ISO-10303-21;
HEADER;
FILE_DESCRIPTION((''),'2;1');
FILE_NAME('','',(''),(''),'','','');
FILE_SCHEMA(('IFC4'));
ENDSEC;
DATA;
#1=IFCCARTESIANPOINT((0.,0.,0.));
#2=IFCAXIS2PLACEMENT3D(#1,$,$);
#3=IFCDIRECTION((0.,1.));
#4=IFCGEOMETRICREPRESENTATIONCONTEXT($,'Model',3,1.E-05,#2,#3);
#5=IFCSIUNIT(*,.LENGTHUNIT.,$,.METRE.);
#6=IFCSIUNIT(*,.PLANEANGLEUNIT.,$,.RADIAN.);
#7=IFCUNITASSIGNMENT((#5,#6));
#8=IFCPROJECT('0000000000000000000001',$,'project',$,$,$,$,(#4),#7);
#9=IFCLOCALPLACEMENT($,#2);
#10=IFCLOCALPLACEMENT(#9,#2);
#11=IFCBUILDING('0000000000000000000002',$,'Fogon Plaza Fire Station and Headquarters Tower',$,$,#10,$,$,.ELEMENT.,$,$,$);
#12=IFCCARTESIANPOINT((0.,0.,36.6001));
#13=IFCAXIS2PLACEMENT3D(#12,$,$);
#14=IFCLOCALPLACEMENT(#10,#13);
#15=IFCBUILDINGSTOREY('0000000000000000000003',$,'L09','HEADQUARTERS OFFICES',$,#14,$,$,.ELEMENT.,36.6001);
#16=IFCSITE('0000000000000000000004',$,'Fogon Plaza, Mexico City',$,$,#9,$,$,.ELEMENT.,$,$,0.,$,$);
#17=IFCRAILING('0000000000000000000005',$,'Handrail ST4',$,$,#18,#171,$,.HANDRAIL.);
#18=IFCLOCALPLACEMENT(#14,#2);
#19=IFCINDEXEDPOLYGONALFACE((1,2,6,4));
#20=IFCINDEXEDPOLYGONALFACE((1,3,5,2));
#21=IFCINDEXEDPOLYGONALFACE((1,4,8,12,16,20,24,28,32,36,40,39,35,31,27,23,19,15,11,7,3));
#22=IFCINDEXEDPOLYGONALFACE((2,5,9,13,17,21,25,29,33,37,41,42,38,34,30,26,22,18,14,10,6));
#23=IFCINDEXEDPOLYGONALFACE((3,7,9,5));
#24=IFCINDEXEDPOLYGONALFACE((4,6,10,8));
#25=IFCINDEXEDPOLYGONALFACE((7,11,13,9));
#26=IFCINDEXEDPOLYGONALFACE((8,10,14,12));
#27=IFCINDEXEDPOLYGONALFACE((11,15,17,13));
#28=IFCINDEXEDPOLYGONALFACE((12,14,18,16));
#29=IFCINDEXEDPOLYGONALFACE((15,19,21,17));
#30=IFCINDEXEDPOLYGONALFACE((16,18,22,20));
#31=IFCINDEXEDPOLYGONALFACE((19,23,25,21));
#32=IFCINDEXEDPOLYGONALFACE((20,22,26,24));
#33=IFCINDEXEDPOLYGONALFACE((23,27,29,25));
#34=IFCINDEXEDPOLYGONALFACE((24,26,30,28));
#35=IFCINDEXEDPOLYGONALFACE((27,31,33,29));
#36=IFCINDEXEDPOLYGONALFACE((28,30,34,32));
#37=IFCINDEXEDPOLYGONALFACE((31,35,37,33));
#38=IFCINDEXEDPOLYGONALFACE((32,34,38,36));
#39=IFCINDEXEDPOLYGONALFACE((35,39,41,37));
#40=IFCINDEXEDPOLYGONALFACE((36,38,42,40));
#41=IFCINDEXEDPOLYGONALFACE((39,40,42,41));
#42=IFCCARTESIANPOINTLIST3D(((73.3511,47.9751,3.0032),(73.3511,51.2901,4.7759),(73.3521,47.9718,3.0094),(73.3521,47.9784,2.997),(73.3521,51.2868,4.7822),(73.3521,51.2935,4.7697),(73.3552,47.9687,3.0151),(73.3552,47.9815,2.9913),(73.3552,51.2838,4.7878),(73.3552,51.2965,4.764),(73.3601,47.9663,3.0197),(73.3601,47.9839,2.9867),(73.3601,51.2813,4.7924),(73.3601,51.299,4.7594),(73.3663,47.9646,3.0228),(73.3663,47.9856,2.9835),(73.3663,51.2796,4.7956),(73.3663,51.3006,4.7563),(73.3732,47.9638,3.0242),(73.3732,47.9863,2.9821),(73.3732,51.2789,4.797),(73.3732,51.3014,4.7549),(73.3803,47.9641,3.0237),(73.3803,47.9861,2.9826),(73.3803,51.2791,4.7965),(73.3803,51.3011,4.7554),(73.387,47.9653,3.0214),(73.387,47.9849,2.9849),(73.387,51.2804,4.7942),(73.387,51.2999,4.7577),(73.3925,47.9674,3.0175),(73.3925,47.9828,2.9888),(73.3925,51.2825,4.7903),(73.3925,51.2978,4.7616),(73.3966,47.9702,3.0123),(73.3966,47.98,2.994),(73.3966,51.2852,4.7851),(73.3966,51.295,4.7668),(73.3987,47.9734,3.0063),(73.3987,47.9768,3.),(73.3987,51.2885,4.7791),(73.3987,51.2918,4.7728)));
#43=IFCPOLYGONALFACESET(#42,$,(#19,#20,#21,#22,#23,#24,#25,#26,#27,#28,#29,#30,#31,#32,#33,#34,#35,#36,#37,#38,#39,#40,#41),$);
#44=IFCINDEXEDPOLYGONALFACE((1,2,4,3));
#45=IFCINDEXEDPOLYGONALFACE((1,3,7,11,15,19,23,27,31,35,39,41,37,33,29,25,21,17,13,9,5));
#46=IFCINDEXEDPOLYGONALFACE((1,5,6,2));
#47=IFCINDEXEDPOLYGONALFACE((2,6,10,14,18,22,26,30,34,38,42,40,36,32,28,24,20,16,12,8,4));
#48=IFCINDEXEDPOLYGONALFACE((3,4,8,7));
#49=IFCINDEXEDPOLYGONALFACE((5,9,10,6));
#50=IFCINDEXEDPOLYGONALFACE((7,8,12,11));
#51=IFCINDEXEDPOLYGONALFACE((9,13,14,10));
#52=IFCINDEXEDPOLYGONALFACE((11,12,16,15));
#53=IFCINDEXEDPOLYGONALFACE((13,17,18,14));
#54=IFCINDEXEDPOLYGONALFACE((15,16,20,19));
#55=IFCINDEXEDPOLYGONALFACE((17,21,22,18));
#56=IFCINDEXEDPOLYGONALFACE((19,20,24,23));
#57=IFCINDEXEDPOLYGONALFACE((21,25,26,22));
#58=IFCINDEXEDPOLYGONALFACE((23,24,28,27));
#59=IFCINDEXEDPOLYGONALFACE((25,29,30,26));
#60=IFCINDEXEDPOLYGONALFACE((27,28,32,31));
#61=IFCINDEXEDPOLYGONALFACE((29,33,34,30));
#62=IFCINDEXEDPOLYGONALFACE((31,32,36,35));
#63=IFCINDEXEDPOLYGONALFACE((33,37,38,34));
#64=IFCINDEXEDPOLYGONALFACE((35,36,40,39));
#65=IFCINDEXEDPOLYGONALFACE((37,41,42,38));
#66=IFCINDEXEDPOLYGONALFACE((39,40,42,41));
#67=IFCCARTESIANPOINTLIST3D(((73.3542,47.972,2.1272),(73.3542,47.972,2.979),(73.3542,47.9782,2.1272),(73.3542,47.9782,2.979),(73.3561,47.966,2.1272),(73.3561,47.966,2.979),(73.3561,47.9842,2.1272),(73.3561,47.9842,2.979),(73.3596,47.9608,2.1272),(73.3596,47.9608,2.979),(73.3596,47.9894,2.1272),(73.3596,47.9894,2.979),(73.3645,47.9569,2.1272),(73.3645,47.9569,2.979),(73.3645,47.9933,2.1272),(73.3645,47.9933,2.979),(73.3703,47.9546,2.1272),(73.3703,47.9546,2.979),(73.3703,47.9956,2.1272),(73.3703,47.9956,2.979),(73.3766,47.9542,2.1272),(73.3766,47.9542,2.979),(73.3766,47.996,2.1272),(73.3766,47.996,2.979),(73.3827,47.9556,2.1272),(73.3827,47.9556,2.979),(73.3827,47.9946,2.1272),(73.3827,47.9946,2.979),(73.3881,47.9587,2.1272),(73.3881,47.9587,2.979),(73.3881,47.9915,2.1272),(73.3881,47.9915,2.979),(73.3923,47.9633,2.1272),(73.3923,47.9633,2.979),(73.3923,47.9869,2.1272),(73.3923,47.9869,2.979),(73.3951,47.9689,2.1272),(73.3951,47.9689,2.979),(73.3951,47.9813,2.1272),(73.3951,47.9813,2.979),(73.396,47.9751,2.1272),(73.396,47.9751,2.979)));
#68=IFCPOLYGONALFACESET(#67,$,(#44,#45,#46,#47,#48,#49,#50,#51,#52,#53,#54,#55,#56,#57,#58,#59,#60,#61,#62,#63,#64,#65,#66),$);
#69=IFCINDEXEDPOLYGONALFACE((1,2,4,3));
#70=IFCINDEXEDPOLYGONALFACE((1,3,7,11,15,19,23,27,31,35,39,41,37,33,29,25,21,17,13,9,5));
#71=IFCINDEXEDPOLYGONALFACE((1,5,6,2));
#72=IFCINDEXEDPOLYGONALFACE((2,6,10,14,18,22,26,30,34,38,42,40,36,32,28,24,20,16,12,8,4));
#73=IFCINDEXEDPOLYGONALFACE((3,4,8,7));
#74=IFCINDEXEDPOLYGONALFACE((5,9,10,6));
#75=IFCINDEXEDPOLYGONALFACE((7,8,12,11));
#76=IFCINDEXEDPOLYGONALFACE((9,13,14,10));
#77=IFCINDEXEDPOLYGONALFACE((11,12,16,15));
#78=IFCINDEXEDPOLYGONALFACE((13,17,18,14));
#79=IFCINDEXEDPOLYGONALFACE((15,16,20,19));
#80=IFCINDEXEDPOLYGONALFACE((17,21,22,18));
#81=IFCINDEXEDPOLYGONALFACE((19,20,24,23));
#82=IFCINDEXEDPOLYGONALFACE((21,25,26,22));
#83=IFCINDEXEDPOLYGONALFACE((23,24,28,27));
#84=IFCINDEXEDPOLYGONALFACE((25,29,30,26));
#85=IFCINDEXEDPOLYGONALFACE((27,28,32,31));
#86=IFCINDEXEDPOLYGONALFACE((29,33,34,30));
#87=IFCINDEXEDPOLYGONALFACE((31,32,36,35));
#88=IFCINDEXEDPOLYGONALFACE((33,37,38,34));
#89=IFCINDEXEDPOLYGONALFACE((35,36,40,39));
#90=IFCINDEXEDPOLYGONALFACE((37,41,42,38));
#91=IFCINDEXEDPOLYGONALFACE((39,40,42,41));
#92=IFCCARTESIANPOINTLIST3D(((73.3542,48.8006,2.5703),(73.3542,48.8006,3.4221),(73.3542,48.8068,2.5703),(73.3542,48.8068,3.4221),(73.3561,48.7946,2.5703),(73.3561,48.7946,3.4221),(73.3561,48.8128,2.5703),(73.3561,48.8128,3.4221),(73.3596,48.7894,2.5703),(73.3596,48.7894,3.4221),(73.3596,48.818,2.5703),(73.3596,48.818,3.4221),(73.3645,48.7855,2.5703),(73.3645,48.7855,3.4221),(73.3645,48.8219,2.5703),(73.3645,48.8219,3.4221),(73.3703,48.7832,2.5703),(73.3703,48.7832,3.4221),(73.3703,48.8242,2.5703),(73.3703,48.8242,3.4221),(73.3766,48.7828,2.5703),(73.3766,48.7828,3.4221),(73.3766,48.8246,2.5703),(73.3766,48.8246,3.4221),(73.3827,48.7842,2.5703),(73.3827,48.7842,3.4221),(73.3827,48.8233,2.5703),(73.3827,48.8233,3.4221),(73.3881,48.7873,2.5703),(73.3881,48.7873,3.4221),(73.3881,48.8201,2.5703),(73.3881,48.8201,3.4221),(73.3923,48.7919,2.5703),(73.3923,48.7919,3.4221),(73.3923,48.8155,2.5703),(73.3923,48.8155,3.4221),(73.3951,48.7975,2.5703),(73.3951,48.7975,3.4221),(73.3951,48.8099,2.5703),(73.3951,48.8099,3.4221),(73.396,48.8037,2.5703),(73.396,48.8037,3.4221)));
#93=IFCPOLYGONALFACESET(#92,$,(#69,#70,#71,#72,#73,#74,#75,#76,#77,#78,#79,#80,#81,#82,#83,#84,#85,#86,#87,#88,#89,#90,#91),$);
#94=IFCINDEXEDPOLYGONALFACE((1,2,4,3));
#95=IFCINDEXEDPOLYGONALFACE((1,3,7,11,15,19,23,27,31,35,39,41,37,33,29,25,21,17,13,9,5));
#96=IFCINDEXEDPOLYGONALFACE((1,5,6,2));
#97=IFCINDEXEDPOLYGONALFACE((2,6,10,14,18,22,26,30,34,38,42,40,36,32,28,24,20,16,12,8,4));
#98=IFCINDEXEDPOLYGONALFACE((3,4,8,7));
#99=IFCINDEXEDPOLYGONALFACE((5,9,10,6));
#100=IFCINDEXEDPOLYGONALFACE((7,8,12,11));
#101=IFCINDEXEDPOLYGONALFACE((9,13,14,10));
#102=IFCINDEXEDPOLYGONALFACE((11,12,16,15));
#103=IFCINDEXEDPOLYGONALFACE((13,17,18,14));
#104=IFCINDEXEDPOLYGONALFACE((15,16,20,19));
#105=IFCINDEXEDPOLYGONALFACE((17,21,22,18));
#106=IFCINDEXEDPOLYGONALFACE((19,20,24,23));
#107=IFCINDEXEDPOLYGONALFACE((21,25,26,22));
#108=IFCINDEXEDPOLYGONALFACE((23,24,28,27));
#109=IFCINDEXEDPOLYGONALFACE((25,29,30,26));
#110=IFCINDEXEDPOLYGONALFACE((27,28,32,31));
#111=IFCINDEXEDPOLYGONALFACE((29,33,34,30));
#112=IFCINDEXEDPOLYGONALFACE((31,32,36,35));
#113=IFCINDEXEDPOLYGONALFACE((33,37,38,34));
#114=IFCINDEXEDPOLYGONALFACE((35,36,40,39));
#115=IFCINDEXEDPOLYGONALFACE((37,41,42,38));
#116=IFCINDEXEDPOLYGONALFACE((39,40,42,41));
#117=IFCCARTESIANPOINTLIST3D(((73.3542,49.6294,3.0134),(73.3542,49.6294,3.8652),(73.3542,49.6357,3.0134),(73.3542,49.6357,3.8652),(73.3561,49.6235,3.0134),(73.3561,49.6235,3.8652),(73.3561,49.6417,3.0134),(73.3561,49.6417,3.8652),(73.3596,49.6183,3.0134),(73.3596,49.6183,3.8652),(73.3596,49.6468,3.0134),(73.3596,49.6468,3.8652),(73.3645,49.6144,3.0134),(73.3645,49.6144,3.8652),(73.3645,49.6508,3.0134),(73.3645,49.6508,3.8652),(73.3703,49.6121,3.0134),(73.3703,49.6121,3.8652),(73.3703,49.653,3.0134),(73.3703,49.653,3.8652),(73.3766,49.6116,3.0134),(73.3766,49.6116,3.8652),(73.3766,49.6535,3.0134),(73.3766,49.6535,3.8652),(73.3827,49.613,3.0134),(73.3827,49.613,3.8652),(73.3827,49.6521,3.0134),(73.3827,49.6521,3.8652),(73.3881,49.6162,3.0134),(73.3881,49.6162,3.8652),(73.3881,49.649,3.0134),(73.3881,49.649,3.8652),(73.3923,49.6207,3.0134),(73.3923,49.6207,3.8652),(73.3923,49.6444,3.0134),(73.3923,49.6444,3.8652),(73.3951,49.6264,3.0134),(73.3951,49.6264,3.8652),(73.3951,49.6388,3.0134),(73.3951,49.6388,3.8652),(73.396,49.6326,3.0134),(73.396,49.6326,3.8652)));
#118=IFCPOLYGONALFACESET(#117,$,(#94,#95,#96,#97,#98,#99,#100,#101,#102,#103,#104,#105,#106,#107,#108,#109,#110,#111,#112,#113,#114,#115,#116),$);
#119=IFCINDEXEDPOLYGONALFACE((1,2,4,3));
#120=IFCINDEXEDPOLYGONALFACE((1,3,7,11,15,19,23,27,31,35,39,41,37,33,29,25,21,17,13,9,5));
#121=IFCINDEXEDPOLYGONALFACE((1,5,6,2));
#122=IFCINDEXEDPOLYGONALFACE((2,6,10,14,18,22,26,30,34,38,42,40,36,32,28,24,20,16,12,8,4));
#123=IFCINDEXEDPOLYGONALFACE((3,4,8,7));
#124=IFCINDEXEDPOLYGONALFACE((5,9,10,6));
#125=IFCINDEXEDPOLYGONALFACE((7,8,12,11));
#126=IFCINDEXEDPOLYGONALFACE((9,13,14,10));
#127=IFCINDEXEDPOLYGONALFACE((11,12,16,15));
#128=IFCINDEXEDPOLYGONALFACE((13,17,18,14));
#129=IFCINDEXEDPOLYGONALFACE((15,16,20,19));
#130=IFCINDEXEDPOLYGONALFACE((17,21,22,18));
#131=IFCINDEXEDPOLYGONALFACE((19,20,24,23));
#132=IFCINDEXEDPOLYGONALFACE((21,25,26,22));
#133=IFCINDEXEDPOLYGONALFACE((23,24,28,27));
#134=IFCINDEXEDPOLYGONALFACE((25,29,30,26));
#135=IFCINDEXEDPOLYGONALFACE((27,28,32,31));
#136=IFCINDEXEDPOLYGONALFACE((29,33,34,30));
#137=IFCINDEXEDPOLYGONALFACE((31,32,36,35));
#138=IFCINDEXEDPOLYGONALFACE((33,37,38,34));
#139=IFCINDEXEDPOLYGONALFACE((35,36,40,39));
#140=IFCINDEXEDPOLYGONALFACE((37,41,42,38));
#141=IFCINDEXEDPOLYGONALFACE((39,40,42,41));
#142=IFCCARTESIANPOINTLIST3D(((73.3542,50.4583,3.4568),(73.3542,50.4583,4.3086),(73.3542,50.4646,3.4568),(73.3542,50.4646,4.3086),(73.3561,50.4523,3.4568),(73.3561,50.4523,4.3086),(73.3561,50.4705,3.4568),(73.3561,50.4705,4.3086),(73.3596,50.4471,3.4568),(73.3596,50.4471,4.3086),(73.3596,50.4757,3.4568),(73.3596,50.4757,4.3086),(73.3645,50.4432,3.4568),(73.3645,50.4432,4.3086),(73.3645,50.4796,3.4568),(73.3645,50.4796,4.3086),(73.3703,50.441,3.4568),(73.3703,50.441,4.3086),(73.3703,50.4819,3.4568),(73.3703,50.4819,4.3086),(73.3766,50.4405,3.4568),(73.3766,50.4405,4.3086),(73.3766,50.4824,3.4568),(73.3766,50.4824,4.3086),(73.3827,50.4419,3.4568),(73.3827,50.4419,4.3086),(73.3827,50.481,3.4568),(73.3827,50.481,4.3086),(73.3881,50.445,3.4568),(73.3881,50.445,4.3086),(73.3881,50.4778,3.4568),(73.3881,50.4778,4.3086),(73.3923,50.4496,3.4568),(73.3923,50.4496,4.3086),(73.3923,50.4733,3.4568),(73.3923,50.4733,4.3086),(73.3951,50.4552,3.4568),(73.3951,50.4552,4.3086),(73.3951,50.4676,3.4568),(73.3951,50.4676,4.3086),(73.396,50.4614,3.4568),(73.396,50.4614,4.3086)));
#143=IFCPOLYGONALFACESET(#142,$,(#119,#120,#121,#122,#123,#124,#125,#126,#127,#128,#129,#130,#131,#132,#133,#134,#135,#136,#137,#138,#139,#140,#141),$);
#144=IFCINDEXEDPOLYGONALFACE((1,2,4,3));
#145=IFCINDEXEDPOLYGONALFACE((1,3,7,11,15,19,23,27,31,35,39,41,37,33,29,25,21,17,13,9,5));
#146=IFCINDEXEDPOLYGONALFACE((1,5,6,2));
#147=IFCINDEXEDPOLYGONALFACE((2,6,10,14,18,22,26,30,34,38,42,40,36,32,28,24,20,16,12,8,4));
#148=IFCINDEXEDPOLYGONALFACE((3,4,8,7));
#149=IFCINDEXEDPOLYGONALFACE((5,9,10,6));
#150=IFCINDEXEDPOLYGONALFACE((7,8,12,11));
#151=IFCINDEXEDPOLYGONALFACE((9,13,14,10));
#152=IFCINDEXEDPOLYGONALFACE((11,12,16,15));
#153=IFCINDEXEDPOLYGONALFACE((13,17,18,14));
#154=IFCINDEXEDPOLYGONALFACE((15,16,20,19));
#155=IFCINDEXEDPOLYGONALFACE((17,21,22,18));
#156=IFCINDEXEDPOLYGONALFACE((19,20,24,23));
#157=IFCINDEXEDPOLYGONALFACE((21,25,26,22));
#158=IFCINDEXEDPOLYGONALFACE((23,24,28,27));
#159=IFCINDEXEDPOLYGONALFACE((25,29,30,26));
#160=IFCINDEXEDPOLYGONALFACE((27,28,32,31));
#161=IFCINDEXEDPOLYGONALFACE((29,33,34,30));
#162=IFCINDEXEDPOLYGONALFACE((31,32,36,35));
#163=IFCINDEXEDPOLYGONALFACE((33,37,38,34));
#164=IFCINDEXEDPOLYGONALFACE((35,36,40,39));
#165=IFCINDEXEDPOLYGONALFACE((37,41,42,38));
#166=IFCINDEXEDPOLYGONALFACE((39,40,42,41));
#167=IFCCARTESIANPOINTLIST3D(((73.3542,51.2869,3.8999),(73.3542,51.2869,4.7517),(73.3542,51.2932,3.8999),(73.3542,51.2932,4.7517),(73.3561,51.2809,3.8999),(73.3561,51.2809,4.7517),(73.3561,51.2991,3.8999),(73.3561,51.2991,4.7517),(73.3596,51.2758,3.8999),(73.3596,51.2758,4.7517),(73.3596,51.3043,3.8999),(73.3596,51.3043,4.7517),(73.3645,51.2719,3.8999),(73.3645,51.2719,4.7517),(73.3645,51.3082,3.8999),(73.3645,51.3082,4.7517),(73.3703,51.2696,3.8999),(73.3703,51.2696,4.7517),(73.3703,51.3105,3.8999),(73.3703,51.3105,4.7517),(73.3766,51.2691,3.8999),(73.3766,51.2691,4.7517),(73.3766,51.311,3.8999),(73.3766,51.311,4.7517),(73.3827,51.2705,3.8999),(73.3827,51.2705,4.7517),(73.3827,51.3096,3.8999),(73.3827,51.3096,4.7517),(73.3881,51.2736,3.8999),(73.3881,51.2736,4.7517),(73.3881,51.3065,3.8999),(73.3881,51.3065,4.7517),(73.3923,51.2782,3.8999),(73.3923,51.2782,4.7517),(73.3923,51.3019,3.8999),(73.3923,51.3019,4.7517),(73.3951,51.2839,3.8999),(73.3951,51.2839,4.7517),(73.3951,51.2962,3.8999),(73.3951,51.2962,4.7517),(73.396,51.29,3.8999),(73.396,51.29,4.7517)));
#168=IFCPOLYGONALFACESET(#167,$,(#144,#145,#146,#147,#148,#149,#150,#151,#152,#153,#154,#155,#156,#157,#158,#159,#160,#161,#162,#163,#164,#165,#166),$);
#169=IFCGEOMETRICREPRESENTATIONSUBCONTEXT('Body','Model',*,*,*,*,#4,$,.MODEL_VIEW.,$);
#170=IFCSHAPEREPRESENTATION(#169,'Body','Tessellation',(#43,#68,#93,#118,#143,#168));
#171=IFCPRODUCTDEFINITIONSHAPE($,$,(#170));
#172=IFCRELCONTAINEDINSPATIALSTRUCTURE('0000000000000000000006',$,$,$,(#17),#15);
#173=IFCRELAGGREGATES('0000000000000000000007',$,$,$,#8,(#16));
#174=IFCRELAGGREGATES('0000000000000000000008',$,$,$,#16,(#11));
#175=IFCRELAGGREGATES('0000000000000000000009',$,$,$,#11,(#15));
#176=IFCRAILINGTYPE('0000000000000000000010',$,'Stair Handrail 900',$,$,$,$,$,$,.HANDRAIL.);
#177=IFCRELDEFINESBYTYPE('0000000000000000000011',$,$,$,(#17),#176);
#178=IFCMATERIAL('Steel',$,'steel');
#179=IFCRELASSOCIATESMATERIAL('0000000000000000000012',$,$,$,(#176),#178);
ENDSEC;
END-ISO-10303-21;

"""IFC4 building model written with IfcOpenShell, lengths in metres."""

from ifc_helpers import new_model, si_unit, direction, frame, origin, origin_2d, place, context, subcontext, project, spatial, circle, extrude, material, type_object, element, save


model = new_model("IFC4")

# Units and contexts
model_context = context("Model", 3, precision=1e-05, world=origin(), true_north=direction((0.0, 1.0)))
body_context = subcontext(model_context, "Body", "Model", "MODEL_VIEW")
ifc_project = project(units=[si_unit("LENGTHUNIT", "METRE"), si_unit("PLANEANGLEUNIT", "RADIAN")], contexts=[model_context])

# Site, building, storey
site_placement = place(None, origin())
site = spatial("IfcSite", under=ifc_project, at=site_placement, Name="Fogon Plaza, Mexico City", CompositionType="ELEMENT", RefElevation=0.0)
building_placement = place(site_placement, origin())
building = spatial("IfcBuilding", under=site, at=building_placement, Name="Fogon Plaza Fire Station and Headquarters Tower", CompositionType="ELEMENT")
storey_placement = place(building_placement, frame((0.0, 0.0, 36.6001)))
storey = spatial("IfcBuildingStorey", under=building, at=storey_placement, Name="L09", Description="HEADQUARTERS OFFICES", CompositionType="ELEMENT", Elevation=36.6001)

# Railing
ifc_material_1 = material(Name="Steel", Category="steel")
railing_type = type_object("IfcRailingType", Name="Stair Handrail 900", PredefinedType="HANDRAIL", material=ifc_material_1)
for number, where, name in (
    (1, (73.375, 47.9751, 2.1272), "Handrail ST4"),
):
    element("IfcRailing", number, at=place(storey_placement, frame(where)), inside=storey, type_object=railing_type, Name=name, PredefinedType="HANDRAIL", context=body_context, shape_type="SweptSolid", body=[
        extrude(circle(Radius=0.0239, at=origin_2d()), frame((0.0, 0.0, 0.876), z_axis=(0.0, 0.881829, 0.471569), x_axis=(-1.0, 0.0, 0.0)), (0.0, 0.0, 1.0), 3.7593),
        extrude(circle(Radius=0.021, at=origin_2d()), origin(), (0.0, 0.0, 1.0), 0.8518),
        extrude(circle(Radius=0.021, at=origin_2d()), frame((0.0, 0.8286, 0.4431)), (0.0, 0.0, 1.0), 0.8518),
        extrude(circle(Radius=0.021, at=origin_2d()), frame((0.0, 1.6575, 0.8862)), (0.0, 0.0, 1.0), 0.8518),
        extrude(circle(Radius=0.021, at=origin_2d()), frame((0.0, 2.4863, 1.3296)), (0.0, 0.0, 1.0), 0.8518),
        extrude(circle(Radius=0.021, at=origin_2d()), frame((0.0, 3.3149, 1.7727)), (0.0, 0.0, 1.0), 0.8518),
    ])

save(model, "model.ifc")
